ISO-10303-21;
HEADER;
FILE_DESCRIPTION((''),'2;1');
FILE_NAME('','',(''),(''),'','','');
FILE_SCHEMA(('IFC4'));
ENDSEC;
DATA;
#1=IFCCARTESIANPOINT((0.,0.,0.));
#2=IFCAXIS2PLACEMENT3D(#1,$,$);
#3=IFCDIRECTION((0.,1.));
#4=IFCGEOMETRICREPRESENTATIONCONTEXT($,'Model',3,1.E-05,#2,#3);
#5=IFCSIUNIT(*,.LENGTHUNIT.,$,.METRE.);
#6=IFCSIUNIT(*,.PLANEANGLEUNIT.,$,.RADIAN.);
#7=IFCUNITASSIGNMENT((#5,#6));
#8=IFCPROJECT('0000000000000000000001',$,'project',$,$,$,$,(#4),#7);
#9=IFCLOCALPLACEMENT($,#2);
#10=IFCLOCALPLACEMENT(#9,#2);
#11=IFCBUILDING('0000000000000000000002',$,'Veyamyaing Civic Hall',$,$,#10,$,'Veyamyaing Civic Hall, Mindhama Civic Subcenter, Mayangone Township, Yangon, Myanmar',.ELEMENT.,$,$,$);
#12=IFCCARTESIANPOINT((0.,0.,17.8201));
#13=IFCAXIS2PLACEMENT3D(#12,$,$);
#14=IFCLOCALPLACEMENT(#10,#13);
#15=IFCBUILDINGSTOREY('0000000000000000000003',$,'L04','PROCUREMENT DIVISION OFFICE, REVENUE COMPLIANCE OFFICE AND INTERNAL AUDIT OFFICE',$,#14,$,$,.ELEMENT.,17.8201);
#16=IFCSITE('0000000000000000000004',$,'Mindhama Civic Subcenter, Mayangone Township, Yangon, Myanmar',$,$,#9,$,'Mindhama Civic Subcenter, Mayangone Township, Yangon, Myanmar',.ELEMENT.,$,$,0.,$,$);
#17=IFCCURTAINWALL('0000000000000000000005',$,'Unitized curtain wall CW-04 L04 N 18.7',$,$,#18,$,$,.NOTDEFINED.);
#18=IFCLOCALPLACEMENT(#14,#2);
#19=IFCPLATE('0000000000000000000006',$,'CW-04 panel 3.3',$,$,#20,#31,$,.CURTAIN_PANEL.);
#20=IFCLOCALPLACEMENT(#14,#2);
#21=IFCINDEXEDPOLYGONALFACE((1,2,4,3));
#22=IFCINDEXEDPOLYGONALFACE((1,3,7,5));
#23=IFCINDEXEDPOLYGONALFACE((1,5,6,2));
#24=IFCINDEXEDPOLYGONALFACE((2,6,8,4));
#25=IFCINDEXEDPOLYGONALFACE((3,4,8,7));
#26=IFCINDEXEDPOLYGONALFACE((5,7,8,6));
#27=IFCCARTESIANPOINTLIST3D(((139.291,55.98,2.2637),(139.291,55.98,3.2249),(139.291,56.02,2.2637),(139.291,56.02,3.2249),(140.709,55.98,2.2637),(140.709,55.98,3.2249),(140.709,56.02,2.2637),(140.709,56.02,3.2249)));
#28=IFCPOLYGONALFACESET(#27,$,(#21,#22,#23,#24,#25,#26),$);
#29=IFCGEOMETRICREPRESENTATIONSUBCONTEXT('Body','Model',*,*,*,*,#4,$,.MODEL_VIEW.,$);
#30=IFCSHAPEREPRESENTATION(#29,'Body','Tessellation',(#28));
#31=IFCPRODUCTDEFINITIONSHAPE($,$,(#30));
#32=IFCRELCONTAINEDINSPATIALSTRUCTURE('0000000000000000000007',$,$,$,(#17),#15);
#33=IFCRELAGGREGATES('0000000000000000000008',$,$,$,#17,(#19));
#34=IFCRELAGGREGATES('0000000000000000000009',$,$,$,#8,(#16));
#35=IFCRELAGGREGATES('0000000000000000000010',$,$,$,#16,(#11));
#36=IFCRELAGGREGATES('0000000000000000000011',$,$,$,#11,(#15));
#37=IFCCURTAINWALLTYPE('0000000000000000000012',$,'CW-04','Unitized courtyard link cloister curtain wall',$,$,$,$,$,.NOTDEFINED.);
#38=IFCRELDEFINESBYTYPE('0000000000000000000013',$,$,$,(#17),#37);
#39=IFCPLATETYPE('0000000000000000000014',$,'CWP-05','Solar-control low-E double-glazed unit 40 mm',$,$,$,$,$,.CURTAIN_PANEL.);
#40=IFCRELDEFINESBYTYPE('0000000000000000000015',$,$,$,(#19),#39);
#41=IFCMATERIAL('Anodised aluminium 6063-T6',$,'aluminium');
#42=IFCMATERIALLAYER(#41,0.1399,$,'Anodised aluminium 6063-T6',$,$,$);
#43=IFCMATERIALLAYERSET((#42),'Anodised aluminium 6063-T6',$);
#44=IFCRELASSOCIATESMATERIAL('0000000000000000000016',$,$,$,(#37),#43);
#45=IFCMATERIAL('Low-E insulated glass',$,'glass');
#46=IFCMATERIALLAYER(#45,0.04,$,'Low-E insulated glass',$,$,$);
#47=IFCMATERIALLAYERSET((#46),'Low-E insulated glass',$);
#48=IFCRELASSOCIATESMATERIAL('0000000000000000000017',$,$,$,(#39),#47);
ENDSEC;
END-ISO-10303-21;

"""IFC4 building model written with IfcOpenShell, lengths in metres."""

from ifc_helpers import new_model, si_unit, direction, frame, origin, origin_2d, place, context, subcontext, project, spatial, rectangle, extrude, material, layer, layer_set, type_object, element, aggregate, save


model = new_model("IFC4")

# Units and contexts
model_context = context("Model", 3, precision=1e-05, world=origin(), true_north=direction((0.0, 1.0)))
body_context = subcontext(model_context, "Body", "Model", "MODEL_VIEW")
ifc_project = project(units=[si_unit("LENGTHUNIT", "METRE"), si_unit("PLANEANGLEUNIT", "RADIAN")], contexts=[model_context])

# Site, building, storey
site_placement = place(None, origin())
site = spatial("IfcSite", under=ifc_project, at=site_placement, Name="Mindhama Civic Subcenter, Mayangone Township, Yangon, Myanmar", LongName="Mindhama Civic Subcenter, Mayangone Township, Yangon, Myanmar", CompositionType="ELEMENT", RefElevation=0.0)
building_placement = place(site_placement, origin())
building = spatial("IfcBuilding", under=site, at=building_placement, Name="Veyamyaing Civic Hall", LongName="Veyamyaing Civic Hall, Mindhama Civic Subcenter, Mayangone Township, Yangon, Myanmar", CompositionType="ELEMENT")
storey_placement = place(building_placement, frame((0.0, 0.0, 17.8201)))
storey = spatial("IfcBuildingStorey", under=building, at=storey_placement, Name="L04", Description="PROCUREMENT DIVISION OFFICE, REVENUE COMPLIANCE OFFICE AND INTERNAL AUDIT OFFICE", CompositionType="ELEMENT", Elevation=17.8201)

# Curtain wall, plate
ifc_material_1 = material(Name="Anodised aluminium 6063-T6", Category="aluminium")
ifc_layer_1 = layer(ifc_material_1, 0.1399, Name="Anodised aluminium 6063-T6")
ifc_layer_set_1 = layer_set([ifc_layer_1], Name="Anodised aluminium 6063-T6")
curtain_wall_type = type_object("IfcCurtainWallType", Name="CW-04", Description="Unitized courtyard link cloister curtain wall", PredefinedType="NOTDEFINED", material=ifc_layer_set_1)
curtain_wall_placement = place(storey_placement, origin())
curtain_wall = element("IfcCurtainWall", 1, at=curtain_wall_placement, inside=storey, type_object=curtain_wall_type, Name="Unitized curtain wall CW-04 L04 N 18.7", PredefinedType="NOTDEFINED")
ifc_material_2 = material(Name="Low-E insulated glass", Category="glass")
ifc_layer_2 = layer(ifc_material_2, 0.04, Name="Low-E insulated glass")
ifc_layer_set_2 = layer_set([ifc_layer_2], Name="Low-E insulated glass")
plate_type = type_object("IfcPlateType", Name="CWP-05", Description="Solar-control low-E double-glazed unit 40 mm", PredefinedType="CURTAIN_PANEL", material=ifc_layer_set_2)
plate_1_placement = place(storey_placement, frame((140.0, 56.0, 2.2637), z_axis=(0.0, 0.0, 1.0), x_axis=(1.0, 0.0, 0.0)))
plate_1 = element("IfcPlate", 2, at=plate_1_placement, type_object=plate_type, Name="CW-04 panel 3.3", PredefinedType="CURTAIN_PANEL", context=body_context, shape_type="SweptSolid", body=[
    extrude(rectangle(XDim=1.418, YDim=0.04, at=origin_2d()), origin(), (0.0, 0.0, 1.0), 0.9612),
])
aggregate(curtain_wall, [plate_1])

save(model, "model.ifc")
